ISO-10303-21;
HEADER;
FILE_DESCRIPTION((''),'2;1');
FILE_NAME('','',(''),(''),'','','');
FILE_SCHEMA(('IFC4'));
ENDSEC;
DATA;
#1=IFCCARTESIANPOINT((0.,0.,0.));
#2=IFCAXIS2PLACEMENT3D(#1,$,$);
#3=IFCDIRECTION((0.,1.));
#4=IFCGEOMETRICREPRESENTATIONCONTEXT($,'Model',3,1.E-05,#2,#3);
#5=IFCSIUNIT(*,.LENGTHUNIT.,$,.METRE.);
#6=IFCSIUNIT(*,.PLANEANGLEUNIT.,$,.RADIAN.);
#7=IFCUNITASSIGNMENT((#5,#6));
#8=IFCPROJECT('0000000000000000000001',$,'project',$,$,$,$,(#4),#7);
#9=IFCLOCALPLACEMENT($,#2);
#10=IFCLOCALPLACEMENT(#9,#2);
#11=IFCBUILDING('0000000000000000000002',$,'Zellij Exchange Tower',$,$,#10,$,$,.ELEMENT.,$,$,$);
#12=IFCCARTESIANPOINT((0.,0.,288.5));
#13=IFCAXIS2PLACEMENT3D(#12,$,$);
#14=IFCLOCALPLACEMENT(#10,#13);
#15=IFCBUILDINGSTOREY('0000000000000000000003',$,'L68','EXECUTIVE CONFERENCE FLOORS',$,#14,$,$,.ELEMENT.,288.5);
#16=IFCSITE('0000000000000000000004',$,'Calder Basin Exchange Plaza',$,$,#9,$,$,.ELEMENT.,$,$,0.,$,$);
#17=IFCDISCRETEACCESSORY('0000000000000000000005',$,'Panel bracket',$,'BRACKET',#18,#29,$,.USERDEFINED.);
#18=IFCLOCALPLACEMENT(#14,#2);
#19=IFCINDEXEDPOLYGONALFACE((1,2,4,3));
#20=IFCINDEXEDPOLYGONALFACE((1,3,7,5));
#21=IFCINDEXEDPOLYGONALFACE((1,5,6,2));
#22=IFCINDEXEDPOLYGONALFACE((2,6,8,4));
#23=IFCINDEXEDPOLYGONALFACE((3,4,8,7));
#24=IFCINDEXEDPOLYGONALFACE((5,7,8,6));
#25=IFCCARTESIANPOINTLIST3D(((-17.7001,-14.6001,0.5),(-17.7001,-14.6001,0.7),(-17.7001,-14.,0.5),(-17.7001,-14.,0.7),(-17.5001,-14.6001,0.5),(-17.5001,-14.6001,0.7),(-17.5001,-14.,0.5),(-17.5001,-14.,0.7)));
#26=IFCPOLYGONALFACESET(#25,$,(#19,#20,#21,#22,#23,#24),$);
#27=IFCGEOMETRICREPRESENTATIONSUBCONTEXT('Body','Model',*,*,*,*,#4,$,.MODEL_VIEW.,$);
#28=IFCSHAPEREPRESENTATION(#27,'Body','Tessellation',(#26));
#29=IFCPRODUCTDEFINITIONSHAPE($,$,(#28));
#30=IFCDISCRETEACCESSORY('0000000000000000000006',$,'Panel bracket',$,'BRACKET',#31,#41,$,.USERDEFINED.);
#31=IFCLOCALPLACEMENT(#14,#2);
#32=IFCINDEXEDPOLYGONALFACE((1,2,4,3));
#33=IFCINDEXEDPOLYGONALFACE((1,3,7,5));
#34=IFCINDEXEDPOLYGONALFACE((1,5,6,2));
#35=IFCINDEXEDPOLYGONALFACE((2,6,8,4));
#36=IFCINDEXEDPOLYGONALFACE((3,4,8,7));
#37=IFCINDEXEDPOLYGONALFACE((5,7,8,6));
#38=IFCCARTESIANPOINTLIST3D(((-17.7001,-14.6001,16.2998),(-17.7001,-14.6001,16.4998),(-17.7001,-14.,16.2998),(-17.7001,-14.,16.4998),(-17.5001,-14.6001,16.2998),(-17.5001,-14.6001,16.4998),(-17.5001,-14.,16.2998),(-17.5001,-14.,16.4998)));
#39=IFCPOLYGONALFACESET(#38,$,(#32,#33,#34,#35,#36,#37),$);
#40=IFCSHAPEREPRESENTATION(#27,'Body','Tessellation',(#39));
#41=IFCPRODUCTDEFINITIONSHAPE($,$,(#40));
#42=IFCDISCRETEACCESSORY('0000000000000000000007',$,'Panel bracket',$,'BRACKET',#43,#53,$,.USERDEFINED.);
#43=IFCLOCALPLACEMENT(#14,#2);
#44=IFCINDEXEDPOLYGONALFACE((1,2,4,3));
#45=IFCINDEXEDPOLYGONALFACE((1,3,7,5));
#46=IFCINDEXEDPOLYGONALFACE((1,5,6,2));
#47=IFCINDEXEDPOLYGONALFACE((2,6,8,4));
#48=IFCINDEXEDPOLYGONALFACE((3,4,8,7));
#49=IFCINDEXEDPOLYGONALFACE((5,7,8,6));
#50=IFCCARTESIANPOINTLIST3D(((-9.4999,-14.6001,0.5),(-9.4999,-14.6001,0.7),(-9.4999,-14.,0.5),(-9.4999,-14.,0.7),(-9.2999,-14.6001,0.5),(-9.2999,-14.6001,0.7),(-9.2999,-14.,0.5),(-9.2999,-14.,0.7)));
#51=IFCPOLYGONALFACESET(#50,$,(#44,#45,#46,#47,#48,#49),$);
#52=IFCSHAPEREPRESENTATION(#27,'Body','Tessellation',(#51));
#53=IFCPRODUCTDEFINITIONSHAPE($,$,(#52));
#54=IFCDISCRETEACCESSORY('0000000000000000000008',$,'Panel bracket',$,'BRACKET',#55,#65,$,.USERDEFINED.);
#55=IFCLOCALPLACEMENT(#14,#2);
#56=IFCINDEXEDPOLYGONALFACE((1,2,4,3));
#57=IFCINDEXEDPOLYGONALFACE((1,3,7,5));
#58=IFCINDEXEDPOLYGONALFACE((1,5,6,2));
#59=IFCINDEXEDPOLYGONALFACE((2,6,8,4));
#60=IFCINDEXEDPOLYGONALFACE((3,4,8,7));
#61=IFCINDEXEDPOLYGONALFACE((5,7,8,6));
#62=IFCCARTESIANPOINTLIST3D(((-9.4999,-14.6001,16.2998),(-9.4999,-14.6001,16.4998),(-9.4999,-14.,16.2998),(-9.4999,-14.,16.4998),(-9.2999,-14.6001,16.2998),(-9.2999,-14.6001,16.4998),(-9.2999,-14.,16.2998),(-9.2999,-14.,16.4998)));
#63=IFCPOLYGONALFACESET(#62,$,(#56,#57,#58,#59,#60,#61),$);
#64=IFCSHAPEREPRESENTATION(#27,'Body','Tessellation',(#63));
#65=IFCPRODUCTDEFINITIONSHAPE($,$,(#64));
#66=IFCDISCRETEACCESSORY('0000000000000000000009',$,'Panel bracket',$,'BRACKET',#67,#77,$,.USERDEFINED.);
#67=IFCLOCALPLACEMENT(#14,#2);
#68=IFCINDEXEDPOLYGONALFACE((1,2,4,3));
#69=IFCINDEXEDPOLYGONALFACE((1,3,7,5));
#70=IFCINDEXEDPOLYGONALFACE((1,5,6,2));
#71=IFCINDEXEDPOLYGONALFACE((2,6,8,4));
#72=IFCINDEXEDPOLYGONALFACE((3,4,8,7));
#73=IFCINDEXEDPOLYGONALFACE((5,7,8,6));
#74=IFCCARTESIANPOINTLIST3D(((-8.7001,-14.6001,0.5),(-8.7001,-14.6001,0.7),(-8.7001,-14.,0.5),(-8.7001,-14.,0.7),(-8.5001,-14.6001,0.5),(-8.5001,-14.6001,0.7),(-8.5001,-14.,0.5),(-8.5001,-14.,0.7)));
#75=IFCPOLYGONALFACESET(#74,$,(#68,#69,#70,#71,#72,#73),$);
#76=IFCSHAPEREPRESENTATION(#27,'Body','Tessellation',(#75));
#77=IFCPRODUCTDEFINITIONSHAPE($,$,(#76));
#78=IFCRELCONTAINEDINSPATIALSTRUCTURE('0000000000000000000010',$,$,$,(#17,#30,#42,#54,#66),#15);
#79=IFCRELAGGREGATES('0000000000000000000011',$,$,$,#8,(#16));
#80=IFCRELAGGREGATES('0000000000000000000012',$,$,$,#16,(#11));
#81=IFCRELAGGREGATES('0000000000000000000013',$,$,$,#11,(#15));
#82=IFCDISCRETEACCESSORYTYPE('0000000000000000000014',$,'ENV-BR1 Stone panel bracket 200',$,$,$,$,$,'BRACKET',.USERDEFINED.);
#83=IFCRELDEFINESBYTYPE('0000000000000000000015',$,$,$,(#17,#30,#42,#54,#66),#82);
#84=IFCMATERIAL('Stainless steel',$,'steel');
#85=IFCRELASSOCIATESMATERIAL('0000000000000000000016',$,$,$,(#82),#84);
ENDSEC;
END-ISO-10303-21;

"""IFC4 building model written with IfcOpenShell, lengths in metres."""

from ifc_helpers import new_model, si_unit, direction, frame, origin, origin_2d, place, context, subcontext, project, spatial, rectangle, extrude, material, type_object, element, save


model = new_model("IFC4")

# Units and contexts
model_context = context("Model", 3, precision=1e-05, world=origin(), true_north=direction((0.0, 1.0)))
body_context = subcontext(model_context, "Body", "Model", "MODEL_VIEW")
ifc_project = project(units=[si_unit("LENGTHUNIT", "METRE"), si_unit("PLANEANGLEUNIT", "RADIAN")], contexts=[model_context])

# Site, building, storey
site_placement = place(None, origin())
site = spatial("IfcSite", under=ifc_project, at=site_placement, Name="Calder Basin Exchange Plaza", CompositionType="ELEMENT", RefElevation=0.0)
building_placement = place(site_placement, origin())
building = spatial("IfcBuilding", under=site, at=building_placement, Name="Zellij Exchange Tower", CompositionType="ELEMENT")
storey_placement = place(building_placement, frame((0.0, 0.0, 288.5)))
storey = spatial("IfcBuildingStorey", under=building, at=storey_placement, Name="L68", Description="EXECUTIVE CONFERENCE FLOORS", CompositionType="ELEMENT", Elevation=288.5)

# Discrete accessories
ifc_material_1 = material(Name="Stainless steel", Category="steel")
discrete_accessory_type = type_object("IfcDiscreteAccessoryType", Name="ENV-BR1 Stone panel bracket 200", ElementType="BRACKET", PredefinedType="USERDEFINED", material=ifc_material_1)
for number, where, z_axis, x_axis, name in (
    (1, (-17.6001, -14.3, 0.5), (0.0, 0.0, 1.0), (1.0, 0.0, 0.0), "Panel bracket"),
    (2, (-17.6001, -14.3, 16.2998), (0.0, 0.0, 1.0), (1.0, 0.0, 0.0), "Panel bracket"),
    (3, (-9.3999, -14.3, 0.5), (0.0, 0.0, 1.0), (1.0, 0.0, 0.0), "Panel bracket"),
    (4, (-9.3999, -14.3, 16.2998), (0.0, 0.0, 1.0), (1.0, 0.0, 0.0), "Panel bracket"),
    (5, (-8.6001, -14.3, 0.5), (0.0, 0.0, 1.0), (1.0, 0.0, 0.0), "Panel bracket"),
):
    element("IfcDiscreteAccessory", number, at=place(storey_placement, frame(where, z_axis=z_axis, x_axis=x_axis)), inside=storey, type_object=discrete_accessory_type, Name=name, ObjectType="BRACKET", PredefinedType="USERDEFINED", context=body_context, shape_type="SweptSolid", body=[
        extrude(rectangle(XDim=0.2, YDim=0.6001, at=origin_2d()), origin(), (0.0, 0.0, 1.0), 0.2),
    ])

save(model, "model.ifc")
